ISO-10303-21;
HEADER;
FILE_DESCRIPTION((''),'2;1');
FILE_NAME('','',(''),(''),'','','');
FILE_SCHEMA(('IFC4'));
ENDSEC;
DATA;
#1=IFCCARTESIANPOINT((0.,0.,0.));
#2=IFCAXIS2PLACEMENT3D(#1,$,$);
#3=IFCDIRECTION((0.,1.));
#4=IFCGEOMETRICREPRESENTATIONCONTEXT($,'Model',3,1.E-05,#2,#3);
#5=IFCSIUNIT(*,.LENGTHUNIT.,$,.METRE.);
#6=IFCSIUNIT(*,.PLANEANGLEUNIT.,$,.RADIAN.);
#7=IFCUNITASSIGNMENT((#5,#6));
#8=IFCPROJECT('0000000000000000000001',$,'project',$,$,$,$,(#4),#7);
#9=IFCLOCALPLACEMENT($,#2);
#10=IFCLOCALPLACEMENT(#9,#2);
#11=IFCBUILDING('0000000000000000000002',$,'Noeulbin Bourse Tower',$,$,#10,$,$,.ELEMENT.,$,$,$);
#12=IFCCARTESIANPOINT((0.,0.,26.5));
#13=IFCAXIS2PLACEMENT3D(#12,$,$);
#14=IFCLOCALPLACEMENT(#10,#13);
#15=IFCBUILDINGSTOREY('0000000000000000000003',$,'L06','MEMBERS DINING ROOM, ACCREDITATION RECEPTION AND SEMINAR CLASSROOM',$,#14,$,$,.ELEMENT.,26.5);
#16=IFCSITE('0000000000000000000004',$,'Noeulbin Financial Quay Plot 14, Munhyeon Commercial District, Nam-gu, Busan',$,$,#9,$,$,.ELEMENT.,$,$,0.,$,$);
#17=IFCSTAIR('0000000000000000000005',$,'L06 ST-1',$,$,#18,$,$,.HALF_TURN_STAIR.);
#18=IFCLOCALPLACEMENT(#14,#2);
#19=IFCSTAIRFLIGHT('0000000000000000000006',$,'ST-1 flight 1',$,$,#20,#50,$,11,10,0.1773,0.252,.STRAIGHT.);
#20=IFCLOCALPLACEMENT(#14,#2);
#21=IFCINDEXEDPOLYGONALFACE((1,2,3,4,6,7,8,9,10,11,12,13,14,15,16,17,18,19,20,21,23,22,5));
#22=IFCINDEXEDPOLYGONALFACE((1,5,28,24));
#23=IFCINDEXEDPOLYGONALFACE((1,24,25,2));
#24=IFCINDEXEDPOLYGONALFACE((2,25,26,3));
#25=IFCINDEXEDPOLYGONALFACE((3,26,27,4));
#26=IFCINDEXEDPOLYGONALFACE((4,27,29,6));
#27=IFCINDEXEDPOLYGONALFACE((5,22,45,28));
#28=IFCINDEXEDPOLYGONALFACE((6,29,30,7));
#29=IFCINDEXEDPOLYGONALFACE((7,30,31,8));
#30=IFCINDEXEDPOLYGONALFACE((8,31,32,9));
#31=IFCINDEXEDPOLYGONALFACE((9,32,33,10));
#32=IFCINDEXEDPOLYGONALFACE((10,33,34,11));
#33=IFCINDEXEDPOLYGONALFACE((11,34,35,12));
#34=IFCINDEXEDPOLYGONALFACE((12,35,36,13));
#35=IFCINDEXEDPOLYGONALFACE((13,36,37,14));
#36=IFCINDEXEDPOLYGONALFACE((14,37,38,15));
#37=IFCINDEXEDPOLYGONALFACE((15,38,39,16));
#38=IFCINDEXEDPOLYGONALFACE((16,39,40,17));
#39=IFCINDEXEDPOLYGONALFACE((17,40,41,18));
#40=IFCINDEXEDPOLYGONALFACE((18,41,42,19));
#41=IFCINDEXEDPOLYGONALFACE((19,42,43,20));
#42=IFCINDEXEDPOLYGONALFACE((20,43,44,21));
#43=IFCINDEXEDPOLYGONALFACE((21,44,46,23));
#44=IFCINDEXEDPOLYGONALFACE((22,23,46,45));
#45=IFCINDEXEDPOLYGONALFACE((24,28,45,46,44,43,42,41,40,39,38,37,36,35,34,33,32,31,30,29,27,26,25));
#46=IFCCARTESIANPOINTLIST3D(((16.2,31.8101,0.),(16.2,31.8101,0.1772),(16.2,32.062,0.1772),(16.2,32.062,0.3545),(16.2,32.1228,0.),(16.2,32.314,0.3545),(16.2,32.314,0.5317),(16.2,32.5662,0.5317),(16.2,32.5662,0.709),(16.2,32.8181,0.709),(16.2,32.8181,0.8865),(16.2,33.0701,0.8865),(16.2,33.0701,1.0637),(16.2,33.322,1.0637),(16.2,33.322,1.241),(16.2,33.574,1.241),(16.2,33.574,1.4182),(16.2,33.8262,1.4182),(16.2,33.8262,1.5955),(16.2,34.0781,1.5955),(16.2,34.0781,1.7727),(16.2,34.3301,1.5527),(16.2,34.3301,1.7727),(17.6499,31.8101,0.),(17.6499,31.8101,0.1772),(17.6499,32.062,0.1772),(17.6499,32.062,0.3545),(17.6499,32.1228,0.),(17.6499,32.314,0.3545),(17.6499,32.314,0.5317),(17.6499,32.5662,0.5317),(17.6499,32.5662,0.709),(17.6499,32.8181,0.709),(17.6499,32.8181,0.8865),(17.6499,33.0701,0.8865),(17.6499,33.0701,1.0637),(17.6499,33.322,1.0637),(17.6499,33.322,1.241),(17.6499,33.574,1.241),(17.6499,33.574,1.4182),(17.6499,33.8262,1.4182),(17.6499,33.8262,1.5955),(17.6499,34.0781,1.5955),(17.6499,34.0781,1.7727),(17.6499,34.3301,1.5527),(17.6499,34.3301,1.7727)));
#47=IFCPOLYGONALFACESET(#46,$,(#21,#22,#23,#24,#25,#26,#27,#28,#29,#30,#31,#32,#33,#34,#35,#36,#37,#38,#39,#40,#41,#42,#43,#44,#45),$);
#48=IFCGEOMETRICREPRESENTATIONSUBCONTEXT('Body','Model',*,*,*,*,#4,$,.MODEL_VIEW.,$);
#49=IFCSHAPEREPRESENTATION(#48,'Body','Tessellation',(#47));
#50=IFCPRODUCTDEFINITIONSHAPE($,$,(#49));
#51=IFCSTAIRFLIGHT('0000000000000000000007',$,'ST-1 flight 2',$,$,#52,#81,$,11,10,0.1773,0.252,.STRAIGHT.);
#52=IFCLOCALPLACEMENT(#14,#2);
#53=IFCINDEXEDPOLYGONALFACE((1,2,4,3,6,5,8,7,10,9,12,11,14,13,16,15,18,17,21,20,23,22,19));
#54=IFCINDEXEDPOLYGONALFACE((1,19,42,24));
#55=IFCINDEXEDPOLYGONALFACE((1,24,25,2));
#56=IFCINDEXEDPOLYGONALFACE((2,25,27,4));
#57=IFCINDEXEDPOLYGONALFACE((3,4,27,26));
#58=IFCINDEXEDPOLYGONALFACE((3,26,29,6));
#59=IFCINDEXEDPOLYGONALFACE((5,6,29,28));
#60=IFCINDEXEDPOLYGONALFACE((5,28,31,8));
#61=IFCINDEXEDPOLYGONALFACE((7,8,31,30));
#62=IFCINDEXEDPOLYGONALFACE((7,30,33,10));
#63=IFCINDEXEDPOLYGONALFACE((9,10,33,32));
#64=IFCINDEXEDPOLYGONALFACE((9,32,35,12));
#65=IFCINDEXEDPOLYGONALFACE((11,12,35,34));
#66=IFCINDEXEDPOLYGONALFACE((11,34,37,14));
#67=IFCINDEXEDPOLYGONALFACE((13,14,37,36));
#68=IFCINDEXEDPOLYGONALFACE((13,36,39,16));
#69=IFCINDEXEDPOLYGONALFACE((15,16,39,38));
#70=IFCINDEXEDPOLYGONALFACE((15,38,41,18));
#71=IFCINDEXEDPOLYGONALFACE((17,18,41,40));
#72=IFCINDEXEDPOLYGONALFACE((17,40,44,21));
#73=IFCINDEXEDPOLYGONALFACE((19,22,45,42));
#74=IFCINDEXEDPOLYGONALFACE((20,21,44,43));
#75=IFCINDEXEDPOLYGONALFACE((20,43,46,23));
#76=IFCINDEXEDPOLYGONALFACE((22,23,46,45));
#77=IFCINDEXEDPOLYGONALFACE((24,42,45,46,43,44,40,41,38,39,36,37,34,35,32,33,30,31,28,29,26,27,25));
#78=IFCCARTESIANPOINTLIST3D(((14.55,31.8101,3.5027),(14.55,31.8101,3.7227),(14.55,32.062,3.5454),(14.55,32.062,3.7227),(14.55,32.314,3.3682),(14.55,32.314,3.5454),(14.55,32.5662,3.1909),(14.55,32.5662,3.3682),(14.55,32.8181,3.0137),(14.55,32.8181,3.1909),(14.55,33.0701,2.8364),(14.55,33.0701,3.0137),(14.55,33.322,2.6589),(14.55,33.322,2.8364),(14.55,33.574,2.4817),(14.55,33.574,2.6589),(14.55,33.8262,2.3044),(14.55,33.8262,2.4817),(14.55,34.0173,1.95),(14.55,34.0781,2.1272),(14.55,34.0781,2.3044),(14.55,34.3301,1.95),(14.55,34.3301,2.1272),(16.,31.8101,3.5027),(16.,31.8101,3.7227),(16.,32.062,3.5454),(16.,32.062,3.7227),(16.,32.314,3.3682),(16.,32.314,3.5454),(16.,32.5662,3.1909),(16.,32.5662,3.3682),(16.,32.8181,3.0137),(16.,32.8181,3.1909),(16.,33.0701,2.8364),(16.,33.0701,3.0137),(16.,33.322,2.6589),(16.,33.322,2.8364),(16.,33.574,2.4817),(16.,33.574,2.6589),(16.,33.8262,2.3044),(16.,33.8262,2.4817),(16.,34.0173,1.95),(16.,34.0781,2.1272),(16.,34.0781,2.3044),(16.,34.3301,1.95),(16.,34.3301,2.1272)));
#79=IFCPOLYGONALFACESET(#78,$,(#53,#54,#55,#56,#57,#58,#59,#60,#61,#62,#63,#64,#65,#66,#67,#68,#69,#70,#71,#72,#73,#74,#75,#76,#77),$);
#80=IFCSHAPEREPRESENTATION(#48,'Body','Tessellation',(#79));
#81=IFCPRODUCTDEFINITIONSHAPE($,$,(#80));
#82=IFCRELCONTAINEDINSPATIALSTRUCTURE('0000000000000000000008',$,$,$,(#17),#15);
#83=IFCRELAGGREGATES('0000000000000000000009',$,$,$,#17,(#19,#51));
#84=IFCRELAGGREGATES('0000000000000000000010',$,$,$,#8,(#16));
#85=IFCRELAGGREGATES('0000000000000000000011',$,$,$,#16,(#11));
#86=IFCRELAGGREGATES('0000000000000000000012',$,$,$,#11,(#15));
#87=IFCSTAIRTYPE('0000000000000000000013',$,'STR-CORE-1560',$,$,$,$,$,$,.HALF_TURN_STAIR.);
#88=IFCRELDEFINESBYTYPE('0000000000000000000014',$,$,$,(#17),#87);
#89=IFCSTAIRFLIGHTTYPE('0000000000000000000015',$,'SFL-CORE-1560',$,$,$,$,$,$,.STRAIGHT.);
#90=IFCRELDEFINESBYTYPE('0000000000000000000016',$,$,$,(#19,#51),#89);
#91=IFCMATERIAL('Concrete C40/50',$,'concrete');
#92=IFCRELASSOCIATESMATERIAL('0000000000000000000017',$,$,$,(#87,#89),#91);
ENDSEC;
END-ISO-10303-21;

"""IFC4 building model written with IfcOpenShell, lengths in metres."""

from ifc_helpers import new_model, si_unit, direction, frame, origin, place, context, subcontext, project, spatial, polyline, outline, extrude, material, type_object, element, aggregate, save


model = new_model("IFC4")

# Units and contexts
model_context = context("Model", 3, precision=1e-05, world=origin(), true_north=direction((0.0, 1.0)))
body_context = subcontext(model_context, "Body", "Model", "MODEL_VIEW")
ifc_project = project(units=[si_unit("LENGTHUNIT", "METRE"), si_unit("PLANEANGLEUNIT", "RADIAN")], contexts=[model_context])

# Site, building, storey
site_placement = place(None, origin())
site = spatial("IfcSite", under=ifc_project, at=site_placement, Name="Noeulbin Financial Quay Plot 14, Munhyeon Commercial District, Nam-gu, Busan", CompositionType="ELEMENT", RefElevation=0.0)
building_placement = place(site_placement, origin())
building = spatial("IfcBuilding", under=site, at=building_placement, Name="Noeulbin Bourse Tower", CompositionType="ELEMENT")
storey_placement = place(building_placement, frame((0.0, 0.0, 26.5)))
storey = spatial("IfcBuildingStorey", under=building, at=storey_placement, Name="L06", Description="MEMBERS DINING ROOM, ACCREDITATION RECEPTION AND SEMINAR CLASSROOM", CompositionType="ELEMENT", Elevation=26.5)

# Shared definitions
ifc_material_1 = material(Name="Concrete C40/50", Category="concrete")

# Stair, stair flights
stair_type = type_object("IfcStairType", Name="STR-CORE-1560", PredefinedType="HALF_TURN_STAIR", material=ifc_material_1)
stair_placement = place(storey_placement, origin())
stair = element("IfcStair", 1, at=stair_placement, inside=storey, type_object=stair_type, Name="L06 ST-1", PredefinedType="HALF_TURN_STAIR")
stair_flight_type = type_object("IfcStairFlightType", Name="SFL-CORE-1560", PredefinedType="STRAIGHT", material=ifc_material_1)
stair_flight_1_placement = place(storey_placement, frame((16.925, 31.8101, 0.0), z_axis=(0.0, 0.0, 1.0), x_axis=(0.0, 1.0, 0.0)))
stair_flight_1 = element("IfcStairFlight", 2, at=stair_flight_1_placement, type_object=stair_flight_type, Name="ST-1 flight 1", NumberOfRisers=11, NumberOfTreads=10, PredefinedType="STRAIGHT", RiserHeight=0.1773, TreadLength=0.252, context=body_context, shape_type="SweptSolid", body=[
    extrude(outline(polyline([(0.0, 0.0), (0.0, 0.1772), (0.252, 0.1772), (0.252, 0.3545), (0.5039, 0.3545), (0.5039, 0.5317), (0.7561, 0.5317), (0.7561, 0.709), (1.0081, 0.709), (1.0081, 0.8865), (1.26, 0.8865), (1.26, 1.0637), (1.512, 1.0637), (1.512, 1.241), (1.7639, 1.241), (1.7639, 1.4182), (2.0161, 1.4182), (2.0161, 1.5955), (2.2681, 1.5955), (2.2681, 1.7727), (2.52, 1.7727), (2.52, 1.95), (2.52, 1.5527), (0.3127, 0.0), (0.0, 0.0)])), frame((0.0, 0.7251, 0.0), z_axis=(0.0, -1.0, 0.0), x_axis=(1.0, 0.0, 0.0)), (0.0, 0.0, 1.0), 1.45),
])
stair_flight_2_placement = place(storey_placement, frame((15.2749, 34.3301, 1.95), z_axis=(0.0, 0.0, 1.0), x_axis=(0.0, -1.0, 0.0)))
stair_flight_2 = element("IfcStairFlight", 3, at=stair_flight_2_placement, type_object=stair_flight_type, Name="ST-1 flight 2", NumberOfRisers=11, NumberOfTreads=10, PredefinedType="STRAIGHT", RiserHeight=0.1773, TreadLength=0.252, context=body_context, shape_type="SweptSolid", body=[
    extrude(outline(polyline([(0.0, 0.0), (0.0, 0.1772), (0.252, 0.1772), (0.252, 0.3545), (0.5039, 0.3545), (0.5039, 0.5317), (0.7561, 0.5317), (0.7561, 0.709), (1.0081, 0.709), (1.0081, 0.8865), (1.26, 0.8865), (1.26, 1.0637), (1.512, 1.0637), (1.512, 1.241), (1.7639, 1.241), (1.7639, 1.4182), (2.0161, 1.4182), (2.0161, 1.5955), (2.2681, 1.5955), (2.2681, 1.7727), (2.52, 1.7727), (2.52, 1.95), (2.52, 1.5527), (0.3127, 0.0), (0.0, 0.0)])), frame((0.0, 0.7251, 0.0), z_axis=(0.0, -1.0, 0.0), x_axis=(1.0, 0.0, 0.0)), (0.0, 0.0, 1.0), 1.45),
])
aggregate(stair, [stair_flight_1, stair_flight_2])

save(model, "model.ifc")
